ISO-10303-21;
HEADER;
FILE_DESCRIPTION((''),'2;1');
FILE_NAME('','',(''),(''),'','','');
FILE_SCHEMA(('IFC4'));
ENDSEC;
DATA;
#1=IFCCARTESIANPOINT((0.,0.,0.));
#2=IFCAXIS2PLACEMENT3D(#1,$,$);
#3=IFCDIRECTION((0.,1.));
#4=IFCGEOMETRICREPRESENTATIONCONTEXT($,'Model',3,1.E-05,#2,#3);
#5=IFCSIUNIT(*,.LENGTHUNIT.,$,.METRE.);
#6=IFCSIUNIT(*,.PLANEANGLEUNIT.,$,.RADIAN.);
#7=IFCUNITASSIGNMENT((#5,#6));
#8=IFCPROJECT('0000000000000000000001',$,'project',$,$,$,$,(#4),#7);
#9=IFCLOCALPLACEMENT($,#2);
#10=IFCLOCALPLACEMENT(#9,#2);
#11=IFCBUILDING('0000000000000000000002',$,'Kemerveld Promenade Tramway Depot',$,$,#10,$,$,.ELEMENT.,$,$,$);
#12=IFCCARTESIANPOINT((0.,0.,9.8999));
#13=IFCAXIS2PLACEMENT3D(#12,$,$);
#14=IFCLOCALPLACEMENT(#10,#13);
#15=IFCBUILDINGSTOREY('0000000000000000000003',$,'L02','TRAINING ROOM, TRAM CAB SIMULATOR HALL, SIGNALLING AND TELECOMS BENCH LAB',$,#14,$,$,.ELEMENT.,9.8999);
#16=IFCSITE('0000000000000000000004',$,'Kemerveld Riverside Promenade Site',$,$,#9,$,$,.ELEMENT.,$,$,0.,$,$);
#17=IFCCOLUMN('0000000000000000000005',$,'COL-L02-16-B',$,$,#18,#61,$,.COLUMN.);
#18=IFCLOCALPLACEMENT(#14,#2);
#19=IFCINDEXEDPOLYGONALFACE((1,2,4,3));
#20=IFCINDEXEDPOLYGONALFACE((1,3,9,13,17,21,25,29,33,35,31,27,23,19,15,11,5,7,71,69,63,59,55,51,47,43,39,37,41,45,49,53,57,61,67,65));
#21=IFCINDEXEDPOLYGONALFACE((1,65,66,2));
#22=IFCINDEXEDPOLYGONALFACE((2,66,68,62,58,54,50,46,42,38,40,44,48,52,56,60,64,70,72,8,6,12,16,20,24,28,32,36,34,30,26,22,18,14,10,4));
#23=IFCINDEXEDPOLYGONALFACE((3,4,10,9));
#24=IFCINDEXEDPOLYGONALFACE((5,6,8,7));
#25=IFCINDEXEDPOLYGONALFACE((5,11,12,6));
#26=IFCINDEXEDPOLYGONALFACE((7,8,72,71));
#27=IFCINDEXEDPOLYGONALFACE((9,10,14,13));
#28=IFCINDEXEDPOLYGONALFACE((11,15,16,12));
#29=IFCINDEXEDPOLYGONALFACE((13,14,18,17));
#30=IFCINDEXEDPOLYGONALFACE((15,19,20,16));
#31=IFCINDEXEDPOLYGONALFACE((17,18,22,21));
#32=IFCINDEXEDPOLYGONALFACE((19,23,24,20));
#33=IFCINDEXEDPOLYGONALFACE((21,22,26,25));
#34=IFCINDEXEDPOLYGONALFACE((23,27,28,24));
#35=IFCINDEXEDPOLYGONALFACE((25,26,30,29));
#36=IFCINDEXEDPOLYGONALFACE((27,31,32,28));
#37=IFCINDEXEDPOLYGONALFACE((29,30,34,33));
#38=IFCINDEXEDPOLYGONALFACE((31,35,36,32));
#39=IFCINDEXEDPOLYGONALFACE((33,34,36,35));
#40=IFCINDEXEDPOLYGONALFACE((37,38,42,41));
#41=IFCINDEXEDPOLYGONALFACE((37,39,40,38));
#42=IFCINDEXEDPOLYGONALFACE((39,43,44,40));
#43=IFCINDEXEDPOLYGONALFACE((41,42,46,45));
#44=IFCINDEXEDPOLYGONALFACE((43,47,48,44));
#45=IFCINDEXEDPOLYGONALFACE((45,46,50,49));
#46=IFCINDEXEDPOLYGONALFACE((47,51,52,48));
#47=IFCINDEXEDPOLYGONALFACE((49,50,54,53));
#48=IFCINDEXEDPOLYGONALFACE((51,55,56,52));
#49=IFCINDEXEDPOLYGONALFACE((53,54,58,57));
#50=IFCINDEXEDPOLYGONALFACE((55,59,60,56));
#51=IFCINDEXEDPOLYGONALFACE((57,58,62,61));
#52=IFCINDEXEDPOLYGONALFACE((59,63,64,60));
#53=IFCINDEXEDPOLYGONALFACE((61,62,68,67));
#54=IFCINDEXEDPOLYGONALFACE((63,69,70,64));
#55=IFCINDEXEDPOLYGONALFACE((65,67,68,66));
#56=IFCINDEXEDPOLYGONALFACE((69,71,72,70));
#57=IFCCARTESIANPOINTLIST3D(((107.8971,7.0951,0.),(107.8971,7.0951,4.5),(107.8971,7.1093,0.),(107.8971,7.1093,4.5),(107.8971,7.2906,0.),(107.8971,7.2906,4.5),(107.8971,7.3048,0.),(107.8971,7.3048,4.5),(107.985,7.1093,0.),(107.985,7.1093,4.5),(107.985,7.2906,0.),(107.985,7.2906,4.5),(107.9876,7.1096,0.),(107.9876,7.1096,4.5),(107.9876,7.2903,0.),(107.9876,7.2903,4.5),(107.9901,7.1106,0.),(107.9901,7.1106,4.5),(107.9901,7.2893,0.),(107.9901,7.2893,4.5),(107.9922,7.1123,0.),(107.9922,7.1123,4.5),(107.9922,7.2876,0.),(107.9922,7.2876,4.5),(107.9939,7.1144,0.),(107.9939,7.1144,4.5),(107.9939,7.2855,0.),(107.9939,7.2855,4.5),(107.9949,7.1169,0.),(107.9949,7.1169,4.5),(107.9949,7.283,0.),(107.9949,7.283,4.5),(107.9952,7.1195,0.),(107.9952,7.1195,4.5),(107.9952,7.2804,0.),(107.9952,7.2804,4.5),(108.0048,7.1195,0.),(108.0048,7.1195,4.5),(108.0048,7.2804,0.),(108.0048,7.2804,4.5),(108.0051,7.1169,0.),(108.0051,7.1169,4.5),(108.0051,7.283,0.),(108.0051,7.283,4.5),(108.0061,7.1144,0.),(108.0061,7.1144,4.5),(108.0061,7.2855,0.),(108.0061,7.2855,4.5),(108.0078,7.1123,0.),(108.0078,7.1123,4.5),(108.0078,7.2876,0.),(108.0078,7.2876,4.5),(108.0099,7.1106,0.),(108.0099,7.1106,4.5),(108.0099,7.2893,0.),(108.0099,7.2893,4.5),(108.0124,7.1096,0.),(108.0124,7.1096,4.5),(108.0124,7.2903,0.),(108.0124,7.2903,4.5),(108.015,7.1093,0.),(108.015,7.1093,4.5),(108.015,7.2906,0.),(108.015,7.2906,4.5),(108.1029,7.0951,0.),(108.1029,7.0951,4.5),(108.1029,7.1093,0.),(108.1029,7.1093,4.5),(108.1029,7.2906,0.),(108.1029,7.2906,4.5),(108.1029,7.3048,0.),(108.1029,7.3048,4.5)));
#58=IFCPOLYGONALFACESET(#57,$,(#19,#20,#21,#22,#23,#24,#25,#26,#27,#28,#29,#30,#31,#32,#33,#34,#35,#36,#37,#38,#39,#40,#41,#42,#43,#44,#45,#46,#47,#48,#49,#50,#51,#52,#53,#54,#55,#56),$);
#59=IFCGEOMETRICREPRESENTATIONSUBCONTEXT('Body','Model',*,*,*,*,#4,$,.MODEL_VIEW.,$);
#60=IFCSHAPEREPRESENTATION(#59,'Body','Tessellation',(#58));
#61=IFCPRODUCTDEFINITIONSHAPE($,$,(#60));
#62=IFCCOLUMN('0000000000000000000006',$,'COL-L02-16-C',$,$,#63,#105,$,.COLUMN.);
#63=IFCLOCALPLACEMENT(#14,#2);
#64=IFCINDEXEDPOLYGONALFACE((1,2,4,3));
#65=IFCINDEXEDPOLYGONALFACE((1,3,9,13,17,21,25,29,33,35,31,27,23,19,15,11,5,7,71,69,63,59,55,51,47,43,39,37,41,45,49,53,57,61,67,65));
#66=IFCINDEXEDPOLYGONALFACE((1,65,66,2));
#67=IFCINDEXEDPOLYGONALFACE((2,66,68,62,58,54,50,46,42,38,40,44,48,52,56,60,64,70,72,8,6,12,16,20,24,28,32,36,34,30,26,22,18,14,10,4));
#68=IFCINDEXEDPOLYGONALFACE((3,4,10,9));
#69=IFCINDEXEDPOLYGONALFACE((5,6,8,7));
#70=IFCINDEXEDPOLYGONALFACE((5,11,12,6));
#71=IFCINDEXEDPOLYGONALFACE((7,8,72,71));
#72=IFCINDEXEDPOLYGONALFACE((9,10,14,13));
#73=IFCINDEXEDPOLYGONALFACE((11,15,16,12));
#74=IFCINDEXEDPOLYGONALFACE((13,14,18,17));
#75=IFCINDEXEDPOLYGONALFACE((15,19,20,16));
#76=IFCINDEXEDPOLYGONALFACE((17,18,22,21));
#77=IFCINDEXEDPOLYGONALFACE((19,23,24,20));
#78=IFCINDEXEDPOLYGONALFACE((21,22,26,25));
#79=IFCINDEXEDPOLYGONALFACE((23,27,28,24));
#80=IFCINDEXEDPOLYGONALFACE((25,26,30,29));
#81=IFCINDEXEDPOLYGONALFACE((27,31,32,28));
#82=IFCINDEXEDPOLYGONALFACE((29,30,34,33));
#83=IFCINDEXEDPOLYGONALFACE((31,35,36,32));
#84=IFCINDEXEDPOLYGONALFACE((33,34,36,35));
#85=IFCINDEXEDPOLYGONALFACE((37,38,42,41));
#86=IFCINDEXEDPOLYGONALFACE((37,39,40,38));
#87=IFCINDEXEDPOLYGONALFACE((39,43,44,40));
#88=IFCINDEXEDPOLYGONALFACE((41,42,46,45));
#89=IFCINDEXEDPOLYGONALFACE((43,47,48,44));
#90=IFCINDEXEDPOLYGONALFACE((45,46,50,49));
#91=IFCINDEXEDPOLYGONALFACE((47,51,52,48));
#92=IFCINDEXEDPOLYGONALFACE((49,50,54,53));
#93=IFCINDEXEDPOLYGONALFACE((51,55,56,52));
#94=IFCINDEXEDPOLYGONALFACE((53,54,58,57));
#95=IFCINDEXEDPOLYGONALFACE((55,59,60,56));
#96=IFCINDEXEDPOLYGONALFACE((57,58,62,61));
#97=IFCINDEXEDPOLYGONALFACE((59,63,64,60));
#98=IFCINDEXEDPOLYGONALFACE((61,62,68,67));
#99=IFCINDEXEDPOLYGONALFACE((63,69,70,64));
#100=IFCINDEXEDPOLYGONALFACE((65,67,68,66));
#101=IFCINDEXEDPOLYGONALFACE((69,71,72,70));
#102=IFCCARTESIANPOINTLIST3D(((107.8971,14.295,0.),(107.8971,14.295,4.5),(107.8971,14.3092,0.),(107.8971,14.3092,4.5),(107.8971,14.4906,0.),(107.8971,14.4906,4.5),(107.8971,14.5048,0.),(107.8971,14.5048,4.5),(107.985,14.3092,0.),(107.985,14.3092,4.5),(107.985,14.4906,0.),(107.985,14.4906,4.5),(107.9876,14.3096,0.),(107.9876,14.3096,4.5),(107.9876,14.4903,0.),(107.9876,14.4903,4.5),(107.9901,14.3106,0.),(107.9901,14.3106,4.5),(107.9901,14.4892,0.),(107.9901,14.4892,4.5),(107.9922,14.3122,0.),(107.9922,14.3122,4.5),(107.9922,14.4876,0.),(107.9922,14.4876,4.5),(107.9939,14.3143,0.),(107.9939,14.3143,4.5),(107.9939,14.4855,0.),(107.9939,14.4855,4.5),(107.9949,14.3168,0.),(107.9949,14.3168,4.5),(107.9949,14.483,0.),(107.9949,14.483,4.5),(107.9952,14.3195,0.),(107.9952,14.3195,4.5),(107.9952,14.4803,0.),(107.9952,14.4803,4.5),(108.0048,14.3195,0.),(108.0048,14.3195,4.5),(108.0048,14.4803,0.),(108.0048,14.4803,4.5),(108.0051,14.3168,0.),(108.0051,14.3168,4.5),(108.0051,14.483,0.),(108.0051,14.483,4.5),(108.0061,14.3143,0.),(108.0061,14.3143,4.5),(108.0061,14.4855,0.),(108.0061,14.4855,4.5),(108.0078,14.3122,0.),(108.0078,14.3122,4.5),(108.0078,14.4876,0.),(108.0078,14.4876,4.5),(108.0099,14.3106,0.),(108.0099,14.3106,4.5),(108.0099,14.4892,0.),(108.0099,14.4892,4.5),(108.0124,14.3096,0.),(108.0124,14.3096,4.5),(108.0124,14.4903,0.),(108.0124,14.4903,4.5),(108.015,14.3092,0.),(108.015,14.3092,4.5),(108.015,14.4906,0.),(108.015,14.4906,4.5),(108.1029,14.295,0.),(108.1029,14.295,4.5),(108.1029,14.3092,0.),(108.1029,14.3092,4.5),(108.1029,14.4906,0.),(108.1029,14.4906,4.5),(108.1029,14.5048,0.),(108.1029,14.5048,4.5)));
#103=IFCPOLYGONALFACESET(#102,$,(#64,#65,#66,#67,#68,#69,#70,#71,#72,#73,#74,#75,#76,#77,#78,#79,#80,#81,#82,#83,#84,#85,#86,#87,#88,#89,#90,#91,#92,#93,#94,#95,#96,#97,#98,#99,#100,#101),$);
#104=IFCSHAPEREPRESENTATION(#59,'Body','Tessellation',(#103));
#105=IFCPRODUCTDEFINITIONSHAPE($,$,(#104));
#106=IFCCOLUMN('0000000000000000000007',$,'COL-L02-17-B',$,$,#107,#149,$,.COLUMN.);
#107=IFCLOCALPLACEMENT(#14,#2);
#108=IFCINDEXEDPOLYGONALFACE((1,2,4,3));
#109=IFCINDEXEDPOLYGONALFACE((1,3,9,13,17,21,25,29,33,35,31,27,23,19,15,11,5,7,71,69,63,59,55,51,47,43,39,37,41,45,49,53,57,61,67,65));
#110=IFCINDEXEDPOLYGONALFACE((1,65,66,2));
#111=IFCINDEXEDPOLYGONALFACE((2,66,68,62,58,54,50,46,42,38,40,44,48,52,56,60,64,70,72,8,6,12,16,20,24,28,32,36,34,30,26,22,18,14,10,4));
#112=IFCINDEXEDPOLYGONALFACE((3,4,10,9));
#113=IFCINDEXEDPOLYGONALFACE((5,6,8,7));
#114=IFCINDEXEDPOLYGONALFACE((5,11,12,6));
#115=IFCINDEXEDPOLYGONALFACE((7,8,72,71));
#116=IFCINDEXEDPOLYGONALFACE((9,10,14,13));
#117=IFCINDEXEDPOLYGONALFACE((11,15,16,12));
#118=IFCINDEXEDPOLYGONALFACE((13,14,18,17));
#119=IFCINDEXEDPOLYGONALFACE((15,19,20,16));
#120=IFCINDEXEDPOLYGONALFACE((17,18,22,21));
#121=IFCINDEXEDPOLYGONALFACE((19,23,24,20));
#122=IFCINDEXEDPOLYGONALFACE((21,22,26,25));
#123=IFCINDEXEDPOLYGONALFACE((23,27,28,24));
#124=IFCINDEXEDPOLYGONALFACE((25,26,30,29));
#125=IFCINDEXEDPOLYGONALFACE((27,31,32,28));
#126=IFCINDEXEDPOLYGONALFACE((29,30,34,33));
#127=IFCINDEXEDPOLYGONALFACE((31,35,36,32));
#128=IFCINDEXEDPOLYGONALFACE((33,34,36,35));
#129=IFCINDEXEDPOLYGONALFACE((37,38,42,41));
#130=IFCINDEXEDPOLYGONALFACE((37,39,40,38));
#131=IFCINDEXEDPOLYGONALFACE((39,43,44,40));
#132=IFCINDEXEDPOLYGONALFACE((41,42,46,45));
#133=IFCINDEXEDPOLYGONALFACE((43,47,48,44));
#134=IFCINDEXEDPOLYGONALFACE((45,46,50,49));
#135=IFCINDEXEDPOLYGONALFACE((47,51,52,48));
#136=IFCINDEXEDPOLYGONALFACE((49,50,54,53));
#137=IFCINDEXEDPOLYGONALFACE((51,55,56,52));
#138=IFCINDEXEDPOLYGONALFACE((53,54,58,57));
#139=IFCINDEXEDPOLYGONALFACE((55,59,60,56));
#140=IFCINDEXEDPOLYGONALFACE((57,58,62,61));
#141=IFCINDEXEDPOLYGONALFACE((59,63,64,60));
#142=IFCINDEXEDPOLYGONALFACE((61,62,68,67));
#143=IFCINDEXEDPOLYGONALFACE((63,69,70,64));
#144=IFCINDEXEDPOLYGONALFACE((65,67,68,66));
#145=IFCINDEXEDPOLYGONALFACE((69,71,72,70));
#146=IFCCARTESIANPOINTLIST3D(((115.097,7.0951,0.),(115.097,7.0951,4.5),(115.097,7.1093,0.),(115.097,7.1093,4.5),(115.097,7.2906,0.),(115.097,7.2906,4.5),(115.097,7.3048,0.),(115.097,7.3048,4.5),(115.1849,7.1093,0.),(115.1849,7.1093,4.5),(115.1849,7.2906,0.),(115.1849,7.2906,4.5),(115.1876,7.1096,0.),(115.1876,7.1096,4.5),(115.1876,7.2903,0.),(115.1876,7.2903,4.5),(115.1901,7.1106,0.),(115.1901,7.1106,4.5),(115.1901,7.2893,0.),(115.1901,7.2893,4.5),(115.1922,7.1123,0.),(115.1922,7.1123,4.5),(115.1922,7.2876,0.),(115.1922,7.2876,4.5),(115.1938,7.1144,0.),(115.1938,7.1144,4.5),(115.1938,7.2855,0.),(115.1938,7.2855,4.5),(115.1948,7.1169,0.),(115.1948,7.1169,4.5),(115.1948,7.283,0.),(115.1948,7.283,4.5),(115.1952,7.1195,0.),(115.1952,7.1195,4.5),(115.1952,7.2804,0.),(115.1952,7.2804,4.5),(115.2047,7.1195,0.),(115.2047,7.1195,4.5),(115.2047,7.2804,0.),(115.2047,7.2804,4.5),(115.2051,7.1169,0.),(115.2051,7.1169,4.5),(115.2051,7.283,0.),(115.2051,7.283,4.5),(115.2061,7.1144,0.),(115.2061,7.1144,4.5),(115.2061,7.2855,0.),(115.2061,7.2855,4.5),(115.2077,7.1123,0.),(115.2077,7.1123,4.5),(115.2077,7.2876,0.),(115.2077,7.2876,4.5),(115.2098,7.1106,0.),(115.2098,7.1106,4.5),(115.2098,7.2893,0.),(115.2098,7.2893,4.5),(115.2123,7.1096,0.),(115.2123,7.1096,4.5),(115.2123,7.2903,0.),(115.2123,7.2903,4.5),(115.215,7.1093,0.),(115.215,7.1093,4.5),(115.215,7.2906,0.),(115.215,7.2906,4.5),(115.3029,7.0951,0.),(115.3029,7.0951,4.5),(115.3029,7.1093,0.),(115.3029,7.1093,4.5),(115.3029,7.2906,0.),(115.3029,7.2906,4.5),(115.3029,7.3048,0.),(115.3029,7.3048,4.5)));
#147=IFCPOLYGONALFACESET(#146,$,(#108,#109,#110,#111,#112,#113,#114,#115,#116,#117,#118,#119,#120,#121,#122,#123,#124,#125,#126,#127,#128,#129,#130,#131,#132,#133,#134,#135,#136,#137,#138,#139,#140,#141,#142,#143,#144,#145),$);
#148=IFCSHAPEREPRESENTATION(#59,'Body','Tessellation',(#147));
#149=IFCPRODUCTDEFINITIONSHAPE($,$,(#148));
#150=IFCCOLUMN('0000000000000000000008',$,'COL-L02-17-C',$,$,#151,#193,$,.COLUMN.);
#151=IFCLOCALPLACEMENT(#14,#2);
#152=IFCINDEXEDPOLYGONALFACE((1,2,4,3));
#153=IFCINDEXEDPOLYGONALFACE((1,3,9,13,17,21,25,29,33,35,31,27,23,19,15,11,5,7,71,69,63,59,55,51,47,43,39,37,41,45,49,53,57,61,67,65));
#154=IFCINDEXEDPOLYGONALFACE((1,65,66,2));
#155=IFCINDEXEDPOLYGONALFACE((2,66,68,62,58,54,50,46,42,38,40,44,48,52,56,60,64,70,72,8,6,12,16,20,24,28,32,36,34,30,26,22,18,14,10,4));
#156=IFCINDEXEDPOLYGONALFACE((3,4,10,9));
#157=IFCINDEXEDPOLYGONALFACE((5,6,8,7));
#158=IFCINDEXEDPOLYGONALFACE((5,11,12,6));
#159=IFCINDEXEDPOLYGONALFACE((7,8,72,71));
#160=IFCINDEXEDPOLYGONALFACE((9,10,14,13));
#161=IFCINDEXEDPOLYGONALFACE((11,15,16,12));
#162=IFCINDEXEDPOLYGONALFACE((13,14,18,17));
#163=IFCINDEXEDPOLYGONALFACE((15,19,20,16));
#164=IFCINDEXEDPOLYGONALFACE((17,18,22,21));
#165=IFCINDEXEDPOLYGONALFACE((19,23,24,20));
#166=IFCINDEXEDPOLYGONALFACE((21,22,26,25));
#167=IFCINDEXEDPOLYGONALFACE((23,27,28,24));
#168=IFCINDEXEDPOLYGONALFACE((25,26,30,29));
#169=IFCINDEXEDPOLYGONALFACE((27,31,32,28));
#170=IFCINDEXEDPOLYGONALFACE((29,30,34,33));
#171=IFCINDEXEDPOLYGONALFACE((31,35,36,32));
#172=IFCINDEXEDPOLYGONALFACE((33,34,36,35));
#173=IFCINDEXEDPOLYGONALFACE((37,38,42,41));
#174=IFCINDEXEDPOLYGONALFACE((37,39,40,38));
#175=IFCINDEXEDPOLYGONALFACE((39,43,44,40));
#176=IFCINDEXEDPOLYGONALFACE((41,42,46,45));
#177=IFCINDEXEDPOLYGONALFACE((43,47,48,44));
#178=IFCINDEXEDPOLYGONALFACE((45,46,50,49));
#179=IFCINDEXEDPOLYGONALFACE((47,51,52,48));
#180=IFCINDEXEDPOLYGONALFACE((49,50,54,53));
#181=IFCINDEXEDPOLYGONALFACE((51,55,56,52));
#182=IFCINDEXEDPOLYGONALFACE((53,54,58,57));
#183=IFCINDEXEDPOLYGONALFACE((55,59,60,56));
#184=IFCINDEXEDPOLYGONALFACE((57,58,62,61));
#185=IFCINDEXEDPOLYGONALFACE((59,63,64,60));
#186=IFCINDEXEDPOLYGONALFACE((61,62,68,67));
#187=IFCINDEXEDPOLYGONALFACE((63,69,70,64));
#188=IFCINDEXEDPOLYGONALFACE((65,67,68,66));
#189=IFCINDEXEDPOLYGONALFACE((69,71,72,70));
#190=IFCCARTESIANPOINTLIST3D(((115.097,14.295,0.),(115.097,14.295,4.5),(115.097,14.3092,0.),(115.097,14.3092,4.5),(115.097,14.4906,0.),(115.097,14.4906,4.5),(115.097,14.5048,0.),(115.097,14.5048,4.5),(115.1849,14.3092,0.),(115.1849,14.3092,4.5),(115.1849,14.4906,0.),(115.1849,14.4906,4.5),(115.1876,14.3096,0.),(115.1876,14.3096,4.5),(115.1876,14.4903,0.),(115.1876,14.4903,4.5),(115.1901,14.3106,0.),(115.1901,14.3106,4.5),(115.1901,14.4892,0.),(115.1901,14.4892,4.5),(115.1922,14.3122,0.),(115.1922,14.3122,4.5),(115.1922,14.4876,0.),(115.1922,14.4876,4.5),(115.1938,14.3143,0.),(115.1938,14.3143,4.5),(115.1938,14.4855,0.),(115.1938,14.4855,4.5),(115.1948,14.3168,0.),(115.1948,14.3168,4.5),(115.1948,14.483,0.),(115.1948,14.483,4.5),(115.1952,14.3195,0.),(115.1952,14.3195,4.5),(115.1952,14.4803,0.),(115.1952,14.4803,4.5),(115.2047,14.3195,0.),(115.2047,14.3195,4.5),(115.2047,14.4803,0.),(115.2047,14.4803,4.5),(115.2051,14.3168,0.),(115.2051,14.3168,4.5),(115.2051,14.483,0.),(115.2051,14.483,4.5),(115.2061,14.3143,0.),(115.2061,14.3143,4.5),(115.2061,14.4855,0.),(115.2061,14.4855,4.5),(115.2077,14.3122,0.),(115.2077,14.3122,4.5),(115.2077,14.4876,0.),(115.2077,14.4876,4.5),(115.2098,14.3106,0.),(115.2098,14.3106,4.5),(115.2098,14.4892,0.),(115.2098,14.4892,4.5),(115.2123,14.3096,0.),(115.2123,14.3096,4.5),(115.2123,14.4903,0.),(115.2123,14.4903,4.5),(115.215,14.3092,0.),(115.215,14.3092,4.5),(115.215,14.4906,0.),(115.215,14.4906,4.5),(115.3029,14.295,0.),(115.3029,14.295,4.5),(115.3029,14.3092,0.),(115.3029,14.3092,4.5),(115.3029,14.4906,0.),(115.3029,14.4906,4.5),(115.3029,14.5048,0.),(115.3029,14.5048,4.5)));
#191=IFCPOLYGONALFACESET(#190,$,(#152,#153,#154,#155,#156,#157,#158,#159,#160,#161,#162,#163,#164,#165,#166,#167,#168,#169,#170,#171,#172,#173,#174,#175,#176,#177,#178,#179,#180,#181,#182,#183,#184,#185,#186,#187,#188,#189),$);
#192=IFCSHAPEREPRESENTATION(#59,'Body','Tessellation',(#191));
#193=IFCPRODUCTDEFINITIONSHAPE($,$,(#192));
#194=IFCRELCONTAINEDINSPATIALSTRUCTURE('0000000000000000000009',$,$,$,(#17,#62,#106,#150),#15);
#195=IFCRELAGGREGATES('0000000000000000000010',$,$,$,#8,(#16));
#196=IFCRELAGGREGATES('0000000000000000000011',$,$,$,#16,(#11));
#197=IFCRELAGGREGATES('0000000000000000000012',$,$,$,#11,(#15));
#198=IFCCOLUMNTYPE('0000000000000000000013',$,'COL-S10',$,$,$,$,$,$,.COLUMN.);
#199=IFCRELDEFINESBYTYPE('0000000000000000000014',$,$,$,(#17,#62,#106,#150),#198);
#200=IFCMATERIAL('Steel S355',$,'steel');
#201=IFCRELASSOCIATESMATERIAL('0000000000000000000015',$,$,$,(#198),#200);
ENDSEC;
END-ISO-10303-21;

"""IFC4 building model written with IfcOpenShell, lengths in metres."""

from ifc_helpers import new_model, si_unit, direction, frame, origin, origin_2d, place, context, subcontext, project, spatial, i_section, extrude, material, material_profile, profile_set, type_object, element, save


model = new_model("IFC4")

# Units and contexts
model_context = context("Model", 3, precision=1e-05, world=origin(), true_north=direction((0.0, 1.0)))
body_context = subcontext(model_context, "Body", "Model", "MODEL_VIEW")
ifc_project = project(units=[si_unit("LENGTHUNIT", "METRE"), si_unit("PLANEANGLEUNIT", "RADIAN")], contexts=[model_context])

# Site, building, storey
site_placement = place(None, origin())
site = spatial("IfcSite", under=ifc_project, at=site_placement, Name="Kemerveld Riverside Promenade Site", CompositionType="ELEMENT", RefElevation=0.0)
building_placement = place(site_placement, origin())
building = spatial("IfcBuilding", under=site, at=building_placement, Name="Kemerveld Promenade Tramway Depot", CompositionType="ELEMENT")
storey_placement = place(building_placement, frame((0.0, 0.0, 9.8999)))
storey = spatial("IfcBuildingStorey", under=building, at=storey_placement, Name="L02", Description="TRAINING ROOM, TRAM CAB SIMULATOR HALL, SIGNALLING AND TELECOMS BENCH LAB", CompositionType="ELEMENT", Elevation=9.8999)

# Columns
ifc_material_1 = material(Name="Steel S355", Category="steel")
ifc_material_profile_1 = material_profile(ifc_material_1, i_section(OverallWidth=0.2058, OverallDepth=0.2097, WebThickness=0.0095, FlangeThickness=0.0142, FilletRadius=0.0103, at=origin_2d()), Name="203x203x60 UC")
ifc_profile_set_1 = profile_set([ifc_material_profile_1], Name="Steel S355")
column_type = type_object("IfcColumnType", Name="COL-S10", PredefinedType="COLUMN", material=ifc_profile_set_1)
for number, where, z_axis, x_axis, name in (
    (1, (108.0, 7.2, 0.0), (0.0, 0.0, 1.0), (1.0, 0.0, 0.0), "COL-L02-16-B"),
    (2, (108.0, 14.3999, 0.0), (0.0, 0.0, 1.0), (1.0, 0.0, 0.0), "COL-L02-16-C"),
    (3, (115.2, 7.2, 0.0), (0.0, 0.0, 1.0), (1.0, 0.0, 0.0), "COL-L02-17-B"),
    (4, (115.2, 14.3999, 0.0), (0.0, 0.0, 1.0), (1.0, 0.0, 0.0), "COL-L02-17-C"),
):
    element("IfcColumn", number, at=place(storey_placement, frame(where, z_axis=z_axis, x_axis=x_axis)), inside=storey, type_object=column_type, Name=name, PredefinedType="COLUMN", context=body_context, shape_type="SweptSolid", body=[
        extrude(i_section(OverallWidth=0.2058, OverallDepth=0.2097, WebThickness=0.0095, FlangeThickness=0.0142, FilletRadius=0.0103, at=origin_2d()), origin(), (0.0, 0.0, 1.0), 4.5),
    ])

save(model, "model.ifc")
